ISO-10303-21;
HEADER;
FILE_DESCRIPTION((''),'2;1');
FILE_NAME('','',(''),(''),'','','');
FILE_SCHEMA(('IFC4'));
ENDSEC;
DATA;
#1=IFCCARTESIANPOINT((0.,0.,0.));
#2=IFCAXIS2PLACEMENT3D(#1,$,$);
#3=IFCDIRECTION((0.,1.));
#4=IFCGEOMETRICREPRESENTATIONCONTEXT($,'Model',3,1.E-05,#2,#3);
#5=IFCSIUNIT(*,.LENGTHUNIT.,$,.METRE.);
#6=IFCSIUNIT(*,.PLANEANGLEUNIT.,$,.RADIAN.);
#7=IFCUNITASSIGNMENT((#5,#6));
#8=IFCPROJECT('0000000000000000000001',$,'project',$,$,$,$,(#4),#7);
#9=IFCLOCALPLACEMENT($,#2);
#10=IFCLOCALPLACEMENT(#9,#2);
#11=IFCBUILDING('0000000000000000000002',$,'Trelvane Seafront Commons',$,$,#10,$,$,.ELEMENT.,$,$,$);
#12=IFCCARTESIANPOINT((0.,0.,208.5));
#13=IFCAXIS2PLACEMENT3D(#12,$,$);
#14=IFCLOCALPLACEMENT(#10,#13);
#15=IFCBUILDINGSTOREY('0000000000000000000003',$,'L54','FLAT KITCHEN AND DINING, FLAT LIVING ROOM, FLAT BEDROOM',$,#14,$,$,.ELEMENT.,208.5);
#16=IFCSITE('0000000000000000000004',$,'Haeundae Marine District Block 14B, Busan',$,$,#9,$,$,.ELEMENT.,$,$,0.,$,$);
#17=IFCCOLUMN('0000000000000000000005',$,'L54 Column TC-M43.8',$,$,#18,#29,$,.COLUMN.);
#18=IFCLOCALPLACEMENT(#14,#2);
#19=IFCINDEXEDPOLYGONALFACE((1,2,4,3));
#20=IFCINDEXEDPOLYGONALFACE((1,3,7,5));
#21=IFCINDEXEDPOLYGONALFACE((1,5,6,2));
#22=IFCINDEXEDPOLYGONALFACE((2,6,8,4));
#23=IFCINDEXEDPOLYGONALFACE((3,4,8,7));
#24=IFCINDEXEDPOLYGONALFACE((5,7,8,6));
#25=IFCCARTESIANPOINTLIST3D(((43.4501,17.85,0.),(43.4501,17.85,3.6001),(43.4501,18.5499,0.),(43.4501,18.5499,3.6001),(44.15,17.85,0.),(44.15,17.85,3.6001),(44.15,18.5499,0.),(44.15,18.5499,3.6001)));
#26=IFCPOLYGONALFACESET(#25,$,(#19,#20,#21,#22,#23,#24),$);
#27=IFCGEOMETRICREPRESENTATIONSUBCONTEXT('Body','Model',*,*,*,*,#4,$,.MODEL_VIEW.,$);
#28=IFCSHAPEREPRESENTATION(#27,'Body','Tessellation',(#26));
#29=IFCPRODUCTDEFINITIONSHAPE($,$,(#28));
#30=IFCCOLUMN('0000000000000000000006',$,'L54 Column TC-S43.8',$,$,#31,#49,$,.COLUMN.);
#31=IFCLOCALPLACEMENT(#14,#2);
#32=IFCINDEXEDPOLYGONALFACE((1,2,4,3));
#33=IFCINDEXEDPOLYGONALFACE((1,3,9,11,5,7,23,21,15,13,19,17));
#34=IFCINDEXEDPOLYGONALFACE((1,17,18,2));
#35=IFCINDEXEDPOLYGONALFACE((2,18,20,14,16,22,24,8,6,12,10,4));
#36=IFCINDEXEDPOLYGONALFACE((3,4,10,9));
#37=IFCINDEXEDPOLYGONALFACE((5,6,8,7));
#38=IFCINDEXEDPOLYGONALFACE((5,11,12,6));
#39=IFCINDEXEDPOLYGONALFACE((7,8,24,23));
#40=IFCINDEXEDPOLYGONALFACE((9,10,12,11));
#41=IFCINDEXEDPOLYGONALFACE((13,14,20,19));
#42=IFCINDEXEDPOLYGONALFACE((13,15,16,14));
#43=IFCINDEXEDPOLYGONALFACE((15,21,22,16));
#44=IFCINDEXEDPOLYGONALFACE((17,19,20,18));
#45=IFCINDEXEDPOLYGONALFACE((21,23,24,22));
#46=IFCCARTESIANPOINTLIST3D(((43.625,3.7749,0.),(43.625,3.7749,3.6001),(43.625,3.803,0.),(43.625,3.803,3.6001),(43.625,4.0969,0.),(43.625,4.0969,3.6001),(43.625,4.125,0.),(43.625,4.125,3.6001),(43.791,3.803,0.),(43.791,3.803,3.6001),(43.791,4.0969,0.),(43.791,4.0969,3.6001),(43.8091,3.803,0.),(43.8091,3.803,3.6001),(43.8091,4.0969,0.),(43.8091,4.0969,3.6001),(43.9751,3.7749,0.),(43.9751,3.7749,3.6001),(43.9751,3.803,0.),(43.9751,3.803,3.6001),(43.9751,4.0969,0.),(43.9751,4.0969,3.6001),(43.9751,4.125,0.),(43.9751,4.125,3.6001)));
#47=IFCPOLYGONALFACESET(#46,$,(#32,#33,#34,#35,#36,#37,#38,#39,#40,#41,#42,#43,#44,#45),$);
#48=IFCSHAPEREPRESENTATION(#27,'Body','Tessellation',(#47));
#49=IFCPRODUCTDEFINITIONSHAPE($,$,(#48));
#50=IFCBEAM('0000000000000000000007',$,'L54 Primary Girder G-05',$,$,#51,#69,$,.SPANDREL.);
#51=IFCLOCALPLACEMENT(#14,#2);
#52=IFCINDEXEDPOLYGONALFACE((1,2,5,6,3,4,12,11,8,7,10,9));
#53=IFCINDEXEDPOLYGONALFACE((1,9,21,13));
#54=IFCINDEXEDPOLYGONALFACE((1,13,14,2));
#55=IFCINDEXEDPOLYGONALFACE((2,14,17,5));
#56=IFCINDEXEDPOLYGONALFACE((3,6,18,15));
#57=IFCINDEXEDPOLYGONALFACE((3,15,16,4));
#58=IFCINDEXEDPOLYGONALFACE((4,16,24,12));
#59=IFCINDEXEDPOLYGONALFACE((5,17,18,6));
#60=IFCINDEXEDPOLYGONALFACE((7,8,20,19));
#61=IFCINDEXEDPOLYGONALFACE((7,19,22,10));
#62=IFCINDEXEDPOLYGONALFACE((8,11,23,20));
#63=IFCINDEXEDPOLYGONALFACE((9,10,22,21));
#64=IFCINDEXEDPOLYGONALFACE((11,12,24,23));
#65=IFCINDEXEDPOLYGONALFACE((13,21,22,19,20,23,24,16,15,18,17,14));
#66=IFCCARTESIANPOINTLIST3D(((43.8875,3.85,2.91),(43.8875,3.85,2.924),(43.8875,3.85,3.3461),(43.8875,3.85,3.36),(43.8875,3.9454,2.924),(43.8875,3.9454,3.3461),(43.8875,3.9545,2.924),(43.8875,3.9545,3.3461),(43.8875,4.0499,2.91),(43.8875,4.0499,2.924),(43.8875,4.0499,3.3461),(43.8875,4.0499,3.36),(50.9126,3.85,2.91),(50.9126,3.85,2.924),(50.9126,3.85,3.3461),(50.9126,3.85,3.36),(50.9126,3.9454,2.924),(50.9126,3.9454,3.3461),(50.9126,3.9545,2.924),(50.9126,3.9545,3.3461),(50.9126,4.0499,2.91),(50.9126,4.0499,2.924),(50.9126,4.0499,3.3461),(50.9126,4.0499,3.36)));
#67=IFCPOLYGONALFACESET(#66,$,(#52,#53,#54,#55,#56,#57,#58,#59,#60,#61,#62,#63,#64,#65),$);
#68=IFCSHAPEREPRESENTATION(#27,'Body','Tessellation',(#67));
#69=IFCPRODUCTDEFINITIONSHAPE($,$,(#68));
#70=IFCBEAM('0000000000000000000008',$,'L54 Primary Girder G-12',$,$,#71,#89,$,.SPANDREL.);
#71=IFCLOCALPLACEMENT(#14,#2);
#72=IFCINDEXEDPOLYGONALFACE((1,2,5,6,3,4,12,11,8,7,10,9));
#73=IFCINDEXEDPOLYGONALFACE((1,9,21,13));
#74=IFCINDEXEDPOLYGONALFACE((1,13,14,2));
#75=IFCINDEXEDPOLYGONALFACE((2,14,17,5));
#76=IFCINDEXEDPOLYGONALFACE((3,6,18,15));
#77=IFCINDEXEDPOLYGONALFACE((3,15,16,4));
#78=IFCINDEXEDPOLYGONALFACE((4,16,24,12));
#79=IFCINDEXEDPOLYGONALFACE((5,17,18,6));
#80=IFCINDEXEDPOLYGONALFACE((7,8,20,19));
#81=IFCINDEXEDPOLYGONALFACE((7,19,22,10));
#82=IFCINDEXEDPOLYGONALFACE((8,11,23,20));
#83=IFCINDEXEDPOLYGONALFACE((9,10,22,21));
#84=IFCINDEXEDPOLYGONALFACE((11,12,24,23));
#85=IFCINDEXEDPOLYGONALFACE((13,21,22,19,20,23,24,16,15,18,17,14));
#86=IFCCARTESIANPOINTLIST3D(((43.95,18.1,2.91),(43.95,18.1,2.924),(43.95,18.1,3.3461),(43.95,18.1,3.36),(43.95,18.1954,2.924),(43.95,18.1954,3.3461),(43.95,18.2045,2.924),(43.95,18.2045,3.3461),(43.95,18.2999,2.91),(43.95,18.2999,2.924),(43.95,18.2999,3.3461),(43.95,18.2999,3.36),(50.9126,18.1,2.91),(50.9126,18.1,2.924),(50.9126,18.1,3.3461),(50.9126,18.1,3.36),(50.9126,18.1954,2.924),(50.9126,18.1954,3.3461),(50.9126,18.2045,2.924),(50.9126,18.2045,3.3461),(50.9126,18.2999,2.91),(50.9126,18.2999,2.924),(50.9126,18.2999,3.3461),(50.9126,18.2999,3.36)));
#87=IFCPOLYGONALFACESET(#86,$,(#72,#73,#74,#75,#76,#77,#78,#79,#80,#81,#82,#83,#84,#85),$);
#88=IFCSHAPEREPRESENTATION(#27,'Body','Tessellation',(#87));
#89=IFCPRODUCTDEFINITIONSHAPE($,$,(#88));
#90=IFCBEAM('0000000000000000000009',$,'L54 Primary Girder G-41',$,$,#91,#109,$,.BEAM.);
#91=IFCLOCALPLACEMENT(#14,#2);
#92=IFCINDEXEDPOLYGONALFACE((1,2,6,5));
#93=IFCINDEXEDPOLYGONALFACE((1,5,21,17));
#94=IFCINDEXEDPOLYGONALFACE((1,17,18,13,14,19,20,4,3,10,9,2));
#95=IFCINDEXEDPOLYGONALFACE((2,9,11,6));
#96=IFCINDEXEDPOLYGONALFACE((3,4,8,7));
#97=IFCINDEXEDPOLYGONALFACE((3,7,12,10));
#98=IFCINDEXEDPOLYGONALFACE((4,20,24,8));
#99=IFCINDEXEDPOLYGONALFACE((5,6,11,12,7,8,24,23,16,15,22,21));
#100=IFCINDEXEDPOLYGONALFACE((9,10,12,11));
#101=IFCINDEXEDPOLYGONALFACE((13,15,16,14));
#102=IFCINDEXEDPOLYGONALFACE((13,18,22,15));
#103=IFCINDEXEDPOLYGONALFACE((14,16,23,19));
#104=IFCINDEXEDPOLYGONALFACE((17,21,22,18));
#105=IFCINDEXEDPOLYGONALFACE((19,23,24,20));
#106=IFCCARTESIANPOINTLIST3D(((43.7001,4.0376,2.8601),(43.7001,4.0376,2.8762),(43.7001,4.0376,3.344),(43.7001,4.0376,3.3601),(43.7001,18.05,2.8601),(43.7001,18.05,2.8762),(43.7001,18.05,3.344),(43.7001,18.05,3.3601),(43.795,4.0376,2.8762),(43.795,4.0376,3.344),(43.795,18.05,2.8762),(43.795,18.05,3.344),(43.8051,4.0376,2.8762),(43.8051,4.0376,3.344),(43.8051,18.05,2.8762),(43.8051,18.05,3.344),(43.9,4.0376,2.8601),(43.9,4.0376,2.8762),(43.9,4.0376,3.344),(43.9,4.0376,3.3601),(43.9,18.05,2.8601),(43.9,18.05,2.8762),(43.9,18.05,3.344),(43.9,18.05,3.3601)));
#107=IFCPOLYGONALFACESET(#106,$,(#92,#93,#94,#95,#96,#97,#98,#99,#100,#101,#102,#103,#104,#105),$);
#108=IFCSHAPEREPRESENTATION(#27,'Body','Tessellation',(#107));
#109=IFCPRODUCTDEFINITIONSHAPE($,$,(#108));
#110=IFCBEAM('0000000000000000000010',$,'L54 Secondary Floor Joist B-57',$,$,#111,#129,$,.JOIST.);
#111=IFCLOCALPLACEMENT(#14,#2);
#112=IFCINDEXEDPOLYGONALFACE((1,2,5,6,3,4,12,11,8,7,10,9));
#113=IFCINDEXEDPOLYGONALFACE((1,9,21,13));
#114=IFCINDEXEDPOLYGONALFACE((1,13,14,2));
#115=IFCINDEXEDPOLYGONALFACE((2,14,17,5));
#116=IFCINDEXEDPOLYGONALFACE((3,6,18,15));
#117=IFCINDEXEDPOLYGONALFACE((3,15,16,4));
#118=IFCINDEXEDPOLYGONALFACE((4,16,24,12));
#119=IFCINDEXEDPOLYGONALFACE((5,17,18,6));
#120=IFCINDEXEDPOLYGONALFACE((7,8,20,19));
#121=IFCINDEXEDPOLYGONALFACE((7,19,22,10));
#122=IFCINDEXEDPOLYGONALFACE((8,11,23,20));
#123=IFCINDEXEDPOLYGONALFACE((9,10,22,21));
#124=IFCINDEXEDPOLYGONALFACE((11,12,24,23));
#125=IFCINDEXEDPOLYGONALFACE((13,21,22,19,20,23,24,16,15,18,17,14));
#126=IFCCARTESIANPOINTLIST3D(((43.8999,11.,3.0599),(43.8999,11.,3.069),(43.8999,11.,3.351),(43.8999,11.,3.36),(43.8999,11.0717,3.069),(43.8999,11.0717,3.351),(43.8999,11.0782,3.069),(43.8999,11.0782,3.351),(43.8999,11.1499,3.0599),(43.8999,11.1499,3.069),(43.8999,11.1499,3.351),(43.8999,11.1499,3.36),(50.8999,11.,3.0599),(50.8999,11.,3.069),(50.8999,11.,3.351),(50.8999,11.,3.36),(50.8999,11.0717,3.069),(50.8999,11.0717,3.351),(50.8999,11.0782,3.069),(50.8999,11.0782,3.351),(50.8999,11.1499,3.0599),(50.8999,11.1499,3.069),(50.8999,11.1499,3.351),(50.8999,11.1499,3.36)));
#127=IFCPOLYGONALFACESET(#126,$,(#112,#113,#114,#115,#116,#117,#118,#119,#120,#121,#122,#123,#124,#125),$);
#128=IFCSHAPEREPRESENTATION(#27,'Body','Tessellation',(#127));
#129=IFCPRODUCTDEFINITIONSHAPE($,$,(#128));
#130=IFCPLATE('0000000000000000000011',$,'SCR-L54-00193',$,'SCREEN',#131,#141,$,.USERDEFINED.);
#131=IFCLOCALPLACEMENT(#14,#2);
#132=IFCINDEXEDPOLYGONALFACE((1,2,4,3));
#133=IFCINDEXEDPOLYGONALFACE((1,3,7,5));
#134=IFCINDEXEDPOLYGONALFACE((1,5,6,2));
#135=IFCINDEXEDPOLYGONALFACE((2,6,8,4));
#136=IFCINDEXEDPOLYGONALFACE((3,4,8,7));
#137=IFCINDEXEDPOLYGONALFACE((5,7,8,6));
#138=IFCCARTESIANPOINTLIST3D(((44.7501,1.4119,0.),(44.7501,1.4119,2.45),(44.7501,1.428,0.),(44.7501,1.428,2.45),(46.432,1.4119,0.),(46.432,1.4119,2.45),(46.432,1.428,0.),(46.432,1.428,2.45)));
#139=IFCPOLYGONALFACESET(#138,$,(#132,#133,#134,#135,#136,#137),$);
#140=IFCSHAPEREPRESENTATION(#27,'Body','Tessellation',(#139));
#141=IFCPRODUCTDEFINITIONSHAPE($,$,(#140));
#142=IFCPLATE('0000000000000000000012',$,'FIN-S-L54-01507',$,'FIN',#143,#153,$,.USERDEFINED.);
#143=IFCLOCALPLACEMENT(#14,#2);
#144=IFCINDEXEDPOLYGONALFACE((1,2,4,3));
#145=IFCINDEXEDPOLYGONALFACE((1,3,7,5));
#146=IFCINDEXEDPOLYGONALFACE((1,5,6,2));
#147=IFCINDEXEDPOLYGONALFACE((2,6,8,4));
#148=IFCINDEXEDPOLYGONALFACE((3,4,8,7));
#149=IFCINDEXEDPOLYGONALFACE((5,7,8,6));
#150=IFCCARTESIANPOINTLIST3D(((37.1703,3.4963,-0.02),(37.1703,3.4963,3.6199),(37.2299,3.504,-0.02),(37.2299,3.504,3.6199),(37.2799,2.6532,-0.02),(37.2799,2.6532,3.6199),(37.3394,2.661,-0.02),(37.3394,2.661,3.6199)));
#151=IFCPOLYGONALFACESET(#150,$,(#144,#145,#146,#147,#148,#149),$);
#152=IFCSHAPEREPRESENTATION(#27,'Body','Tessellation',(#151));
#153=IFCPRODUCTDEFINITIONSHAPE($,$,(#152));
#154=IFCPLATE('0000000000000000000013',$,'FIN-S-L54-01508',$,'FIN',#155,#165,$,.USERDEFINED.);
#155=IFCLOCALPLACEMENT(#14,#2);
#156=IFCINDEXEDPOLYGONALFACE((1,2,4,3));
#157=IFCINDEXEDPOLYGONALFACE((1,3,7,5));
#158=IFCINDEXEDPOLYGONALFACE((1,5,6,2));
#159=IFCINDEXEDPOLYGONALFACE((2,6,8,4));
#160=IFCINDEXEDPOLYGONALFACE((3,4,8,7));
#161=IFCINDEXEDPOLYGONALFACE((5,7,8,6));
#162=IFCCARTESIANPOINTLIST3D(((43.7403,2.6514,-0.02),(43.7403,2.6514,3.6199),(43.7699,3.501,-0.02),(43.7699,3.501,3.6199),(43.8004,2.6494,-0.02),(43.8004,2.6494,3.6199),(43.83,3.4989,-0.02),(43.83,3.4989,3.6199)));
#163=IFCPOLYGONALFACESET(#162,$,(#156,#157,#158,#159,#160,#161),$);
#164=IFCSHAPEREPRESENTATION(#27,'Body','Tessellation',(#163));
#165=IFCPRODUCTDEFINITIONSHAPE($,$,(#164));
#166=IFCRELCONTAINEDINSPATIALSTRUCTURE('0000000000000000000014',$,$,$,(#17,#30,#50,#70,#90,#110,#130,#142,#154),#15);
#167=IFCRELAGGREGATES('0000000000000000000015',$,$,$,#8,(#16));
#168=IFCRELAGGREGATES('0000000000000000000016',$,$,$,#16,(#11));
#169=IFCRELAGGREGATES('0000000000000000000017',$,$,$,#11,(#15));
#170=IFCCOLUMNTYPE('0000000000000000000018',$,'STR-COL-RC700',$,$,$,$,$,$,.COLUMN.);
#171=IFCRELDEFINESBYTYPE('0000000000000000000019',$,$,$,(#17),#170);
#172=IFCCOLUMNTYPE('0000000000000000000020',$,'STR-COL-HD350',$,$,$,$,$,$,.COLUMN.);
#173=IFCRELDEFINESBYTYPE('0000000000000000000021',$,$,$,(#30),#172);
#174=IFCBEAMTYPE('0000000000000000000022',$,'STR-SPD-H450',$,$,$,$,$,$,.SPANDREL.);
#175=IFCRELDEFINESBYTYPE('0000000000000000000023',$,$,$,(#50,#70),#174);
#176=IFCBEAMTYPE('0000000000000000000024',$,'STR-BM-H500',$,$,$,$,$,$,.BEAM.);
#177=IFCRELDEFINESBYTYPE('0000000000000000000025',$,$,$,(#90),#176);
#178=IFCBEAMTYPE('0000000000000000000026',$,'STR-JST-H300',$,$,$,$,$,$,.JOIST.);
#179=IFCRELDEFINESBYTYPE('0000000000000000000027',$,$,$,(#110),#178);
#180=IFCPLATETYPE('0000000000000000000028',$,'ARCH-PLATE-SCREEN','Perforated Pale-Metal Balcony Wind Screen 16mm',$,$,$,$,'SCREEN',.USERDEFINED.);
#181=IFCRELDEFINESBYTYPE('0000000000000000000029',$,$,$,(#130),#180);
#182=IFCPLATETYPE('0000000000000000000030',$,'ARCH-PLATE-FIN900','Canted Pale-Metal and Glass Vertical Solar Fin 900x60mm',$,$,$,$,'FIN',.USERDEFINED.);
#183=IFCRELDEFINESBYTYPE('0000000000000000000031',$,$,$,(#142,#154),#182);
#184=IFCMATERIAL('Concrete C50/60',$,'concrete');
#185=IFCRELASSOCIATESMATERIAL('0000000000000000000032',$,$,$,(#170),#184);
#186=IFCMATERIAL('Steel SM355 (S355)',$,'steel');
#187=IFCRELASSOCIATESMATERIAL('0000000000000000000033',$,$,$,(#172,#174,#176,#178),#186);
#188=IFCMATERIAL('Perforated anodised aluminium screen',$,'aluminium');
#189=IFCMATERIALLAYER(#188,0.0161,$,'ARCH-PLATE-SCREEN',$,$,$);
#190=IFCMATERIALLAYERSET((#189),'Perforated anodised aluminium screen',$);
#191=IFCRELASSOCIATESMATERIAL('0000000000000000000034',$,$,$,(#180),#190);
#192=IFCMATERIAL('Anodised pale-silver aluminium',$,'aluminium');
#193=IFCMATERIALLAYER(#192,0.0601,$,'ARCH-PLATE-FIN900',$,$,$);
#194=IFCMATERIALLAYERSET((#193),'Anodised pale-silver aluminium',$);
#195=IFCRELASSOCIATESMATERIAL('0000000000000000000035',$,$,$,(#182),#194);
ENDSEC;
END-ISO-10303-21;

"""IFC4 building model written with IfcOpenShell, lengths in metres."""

from ifc_helpers import new_model, si_unit, direction, frame, origin, origin_2d, place, context, subcontext, project, spatial, rectangle, i_section, extrude, source, transform, mapped, material, layer, layer_set, material_profile, profile_set, type_object, element, save


model = new_model("IFC4")

# Units and contexts
model_context = context("Model", 3, precision=1e-05, world=origin(), true_north=direction((0.0, 1.0)))
body_context = subcontext(model_context, "Body", "Model", "MODEL_VIEW")
ifc_project = project(units=[si_unit("LENGTHUNIT", "METRE"), si_unit("PLANEANGLEUNIT", "RADIAN")], contexts=[model_context])

# Site, building, storey
site_placement = place(None, origin())
site = spatial("IfcSite", under=ifc_project, at=site_placement, Name="Haeundae Marine District Block 14B, Busan", CompositionType="ELEMENT", RefElevation=0.0)
building_placement = place(site_placement, origin())
building = spatial("IfcBuilding", under=site, at=building_placement, Name="Trelvane Seafront Commons", CompositionType="ELEMENT")
storey_placement = place(building_placement, frame((0.0, 0.0, 208.5)))
storey = spatial("IfcBuildingStorey", under=building, at=storey_placement, Name="L54", Description="FLAT KITCHEN AND DINING, FLAT LIVING ROOM, FLAT BEDROOM", CompositionType="ELEMENT", Elevation=208.5)

# Columns
ifc_material_1 = material(Name="Concrete C50/60", Category="concrete")
ifc_material_profile_1 = material_profile(ifc_material_1, rectangle(XDim=0.7, YDim=0.7, at=origin_2d()), Name="RC-700x700")
ifc_profile_set_1 = profile_set([ifc_material_profile_1], Name="Concrete C50/60")
column_type_1 = type_object("IfcColumnType", Name="STR-COL-RC700", PredefinedType="COLUMN", material=ifc_profile_set_1)
shared_shape_1 = source(origin(), body_context, "Body", "SweptSolid", [
    extrude(rectangle(XDim=0.7, YDim=0.7, at=origin_2d()), origin(), (0.0, 0.0, 1.0), 3.6001),
])
column_1_placement = place(storey_placement, frame((43.8, 18.2, 0.0), z_axis=(0.0, 0.0, 1.0), x_axis=(1.0, 0.0, 0.0)))
element("IfcColumn", 1, at=column_1_placement, inside=storey, type_object=column_type_1, Name="L54 Column TC-M43.8", PredefinedType="COLUMN", context=body_context, shape_type="MappedRepresentation", body=[
    mapped(shared_shape_1, transform((0.0, 0.0, 0.0), x_axis=(1.0, 0.0, 0.0), y_axis=(0.0, 1.0, 0.0), z_axis=(0.0, 0.0, 1.0), scale=1.0)),
])
ifc_material_2 = material(Name="Steel SM355 (S355)", Category="steel")
ifc_material_profile_2 = material_profile(ifc_material_2, i_section(OverallWidth=0.3501, OverallDepth=0.3501, WebThickness=0.0181, FlangeThickness=0.0281, at=origin_2d()), Name="HD-350x350x18x28")
ifc_profile_set_2 = profile_set([ifc_material_profile_2], Name="Steel SM355 (S355)")
column_type_2 = type_object("IfcColumnType", Name="STR-COL-HD350", PredefinedType="COLUMN", material=ifc_profile_set_2)
shared_shape_2 = source(origin(), body_context, "Body", "SweptSolid", [
    extrude(i_section(OverallWidth=0.3501, OverallDepth=0.3501, WebThickness=0.0181, FlangeThickness=0.0281, at=origin_2d()), origin(), (0.0, 0.0, 1.0), 3.6001),
])
column_2_placement = place(storey_placement, frame((43.8, 3.95, 0.0), z_axis=(0.0, 0.0, 1.0), x_axis=(1.0, 0.0, 0.0)))
element("IfcColumn", 2, at=column_2_placement, inside=storey, type_object=column_type_2, Name="L54 Column TC-S43.8", PredefinedType="COLUMN", context=body_context, shape_type="MappedRepresentation", body=[
    mapped(shared_shape_2, transform((0.0, 0.0, 0.0), x_axis=(1.0, 0.0, 0.0), y_axis=(0.0, 1.0, 0.0), z_axis=(0.0, 0.0, 1.0), scale=1.0)),
])

# Beams
ifc_material_profile_3 = material_profile(ifc_material_2, i_section(OverallWidth=0.2, OverallDepth=0.45, WebThickness=0.009, FlangeThickness=0.0139, at=origin_2d()), Name="H-450x200x9x14")
ifc_profile_set_3 = profile_set([ifc_material_profile_3], Name="Steel SM355 (S355)")
beam_type_1 = type_object("IfcBeamType", Name="STR-SPD-H450", PredefinedType="SPANDREL", material=ifc_profile_set_3)
shared_shape_3 = source(origin(), body_context, "Body", "SweptSolid", [
    extrude(i_section(OverallWidth=0.2, OverallDepth=0.45, WebThickness=0.009, FlangeThickness=0.0139, at=origin_2d()), origin(), (0.0, 0.0, 1.0), 7.0251),
])
beam_1_placement = place(storey_placement, frame((43.8875, 3.95, 3.135), z_axis=(1.0, 0.0, 0.0), x_axis=(0.0, 1.0, 0.0)))
element("IfcBeam", 3, at=beam_1_placement, inside=storey, type_object=beam_type_1, Name="L54 Primary Girder G-05", PredefinedType="SPANDREL", context=body_context, shape_type="MappedRepresentation", body=[
    mapped(shared_shape_3, transform((0.0, 0.0, 0.0), x_axis=(1.0, 0.0, 0.0), y_axis=(0.0, 1.0, 0.0), z_axis=(0.0, 0.0, 1.0), scale=1.0)),
])
shared_shape_4 = source(origin(), body_context, "Body", "SweptSolid", [
    extrude(i_section(OverallWidth=0.2, OverallDepth=0.45, WebThickness=0.009, FlangeThickness=0.0139, at=origin_2d()), origin(), (0.0, 0.0, 1.0), 6.9626),
])
beam_2_placement = place(storey_placement, frame((43.95, 18.2, 3.135), z_axis=(1.0, 0.0, 0.0), x_axis=(0.0, 1.0, 0.0)))
element("IfcBeam", 4, at=beam_2_placement, inside=storey, type_object=beam_type_1, Name="L54 Primary Girder G-12", PredefinedType="SPANDREL", context=body_context, shape_type="MappedRepresentation", body=[
    mapped(shared_shape_4, transform((0.0, 0.0, 0.0), x_axis=(1.0, 0.0, 0.0), y_axis=(0.0, 1.0, 0.0), z_axis=(0.0, 0.0, 1.0), scale=1.0)),
])
ifc_material_profile_4 = material_profile(ifc_material_2, i_section(OverallWidth=0.2, OverallDepth=0.5, WebThickness=0.01, FlangeThickness=0.0161, at=origin_2d()), Name="H-500x200x10x16")
ifc_profile_set_4 = profile_set([ifc_material_profile_4], Name="Steel SM355 (S355)")
beam_type_2 = type_object("IfcBeamType", Name="STR-BM-H500", PredefinedType="BEAM", material=ifc_profile_set_4)
shared_shape_5 = source(origin(), body_context, "Body", "SweptSolid", [
    extrude(i_section(OverallWidth=0.2, OverallDepth=0.5, WebThickness=0.01, FlangeThickness=0.0161, at=origin_2d()), origin(), (0.0, 0.0, 1.0), 14.0125),
])
beam_3_placement = place(storey_placement, frame((43.8, 4.0376, 3.1101), z_axis=(0.0, 1.0, 0.0), x_axis=(-1.0, 0.0, 0.0)))
element("IfcBeam", 5, at=beam_3_placement, inside=storey, type_object=beam_type_2, Name="L54 Primary Girder G-41", PredefinedType="BEAM", context=body_context, shape_type="MappedRepresentation", body=[
    mapped(shared_shape_5, transform((0.0, 0.0, 0.0), x_axis=(1.0, 0.0, 0.0), y_axis=(0.0, 1.0, 0.0), z_axis=(0.0, 0.0, 1.0), scale=1.0)),
])
ifc_material_profile_5 = material_profile(ifc_material_2, i_section(OverallWidth=0.1499, OverallDepth=0.3, WebThickness=0.0066, FlangeThickness=0.009, at=origin_2d()), Name="H-300x150x6.5x9")
ifc_profile_set_5 = profile_set([ifc_material_profile_5], Name="Steel SM355 (S355)")
beam_type_3 = type_object("IfcBeamType", Name="STR-JST-H300", PredefinedType="JOIST", material=ifc_profile_set_5)
shared_shape_6 = source(origin(), body_context, "Body", "SweptSolid", [
    extrude(i_section(OverallWidth=0.1499, OverallDepth=0.3, WebThickness=0.0066, FlangeThickness=0.009, at=origin_2d()), origin(), (0.0, 0.0, 1.0), 7.0),
])
beam_4_placement = place(storey_placement, frame((43.8999, 11.075, 3.21), z_axis=(1.0, 0.0, 0.0), x_axis=(0.0, 1.0, 0.0)))
element("IfcBeam", 6, at=beam_4_placement, inside=storey, type_object=beam_type_3, Name="L54 Secondary Floor Joist B-57", PredefinedType="JOIST", context=body_context, shape_type="MappedRepresentation", body=[
    mapped(shared_shape_6, transform((0.0, 0.0, 0.0), x_axis=(1.0, 0.0, 0.0), y_axis=(0.0, 1.0, 0.0), z_axis=(0.0, 0.0, 1.0), scale=1.0)),
])

# Plates
ifc_material_3 = material(Name="Perforated anodised aluminium screen", Category="aluminium")
ifc_layer_1 = layer(ifc_material_3, 0.0161, Name="ARCH-PLATE-SCREEN")
ifc_layer_set_1 = layer_set([ifc_layer_1], Name="Perforated anodised aluminium screen")
plate_type_1 = type_object("IfcPlateType", Name="ARCH-PLATE-SCREEN", Description="Perforated Pale-Metal Balcony Wind Screen 16mm", ElementType="SCREEN", PredefinedType="USERDEFINED", material=ifc_layer_set_1)
shared_shape_7 = source(origin(), body_context, "Body", "SweptSolid", [
    extrude(rectangle(XDim=1.6819, YDim=0.0161, at=origin_2d()), origin(), (0.0, 0.0, 1.0), 2.45),
])
plate_1_placement = place(storey_placement, frame((45.5911, 1.4199, 0.0), z_axis=(0.0, 0.0, 1.0), x_axis=(1.0, 0.0, 0.0)))
element("IfcPlate", 7, at=plate_1_placement, inside=storey, type_object=plate_type_1, Name="SCR-L54-00193", ObjectType="SCREEN", PredefinedType="USERDEFINED", context=body_context, shape_type="MappedRepresentation", body=[
    mapped(shared_shape_7, transform((0.0, 0.0, 0.0), x_axis=(1.0, 0.0, 0.0), y_axis=(0.0, 1.0, 0.0), z_axis=(0.0, 0.0, 1.0), scale=1.0)),
])
ifc_material_4 = material(Name="Anodised pale-silver aluminium", Category="aluminium")
ifc_layer_2 = layer(ifc_material_4, 0.0601, Name="ARCH-PLATE-FIN900")
ifc_layer_set_2 = layer_set([ifc_layer_2], Name="Anodised pale-silver aluminium")
plate_type_2 = type_object("IfcPlateType", Name="ARCH-PLATE-FIN900", Description="Canted Pale-Metal and Glass Vertical Solar Fin 900x60mm", ElementType="FIN", PredefinedType="USERDEFINED", material=ifc_layer_set_2)
shared_shape_8 = source(origin(), body_context, "Body", "SweptSolid", [
    extrude(rectangle(XDim=0.8501, YDim=0.0601, at=origin_2d()), origin(), (0.0, 0.0, 1.0), 3.6399),
])
for number, where, z_axis, x_axis, name in (
    (8, (37.2549, 3.0786, -0.02), (0.0, 0.0, 1.0), (0.128827, -0.991667, 0.0), "FIN-S-L54-01507"),
    (9, (43.7852, 3.0752, -0.02), (0.0, 0.0, 1.0), (-0.034823, -0.999394, 0.0), "FIN-S-L54-01508"),
):
    element("IfcPlate", number, at=place(storey_placement, frame(where, z_axis=z_axis, x_axis=x_axis)), inside=storey, type_object=plate_type_2, Name=name, ObjectType="FIN", PredefinedType="USERDEFINED", context=body_context, shape_type="MappedRepresentation", body=[
        mapped(shared_shape_8, transform((0.0, 0.0, 0.0), x_axis=(1.0, 0.0, 0.0), y_axis=(0.0, 1.0, 0.0), z_axis=(0.0, 0.0, 1.0), scale=1.0)),
    ])

save(model, "model.ifc")
